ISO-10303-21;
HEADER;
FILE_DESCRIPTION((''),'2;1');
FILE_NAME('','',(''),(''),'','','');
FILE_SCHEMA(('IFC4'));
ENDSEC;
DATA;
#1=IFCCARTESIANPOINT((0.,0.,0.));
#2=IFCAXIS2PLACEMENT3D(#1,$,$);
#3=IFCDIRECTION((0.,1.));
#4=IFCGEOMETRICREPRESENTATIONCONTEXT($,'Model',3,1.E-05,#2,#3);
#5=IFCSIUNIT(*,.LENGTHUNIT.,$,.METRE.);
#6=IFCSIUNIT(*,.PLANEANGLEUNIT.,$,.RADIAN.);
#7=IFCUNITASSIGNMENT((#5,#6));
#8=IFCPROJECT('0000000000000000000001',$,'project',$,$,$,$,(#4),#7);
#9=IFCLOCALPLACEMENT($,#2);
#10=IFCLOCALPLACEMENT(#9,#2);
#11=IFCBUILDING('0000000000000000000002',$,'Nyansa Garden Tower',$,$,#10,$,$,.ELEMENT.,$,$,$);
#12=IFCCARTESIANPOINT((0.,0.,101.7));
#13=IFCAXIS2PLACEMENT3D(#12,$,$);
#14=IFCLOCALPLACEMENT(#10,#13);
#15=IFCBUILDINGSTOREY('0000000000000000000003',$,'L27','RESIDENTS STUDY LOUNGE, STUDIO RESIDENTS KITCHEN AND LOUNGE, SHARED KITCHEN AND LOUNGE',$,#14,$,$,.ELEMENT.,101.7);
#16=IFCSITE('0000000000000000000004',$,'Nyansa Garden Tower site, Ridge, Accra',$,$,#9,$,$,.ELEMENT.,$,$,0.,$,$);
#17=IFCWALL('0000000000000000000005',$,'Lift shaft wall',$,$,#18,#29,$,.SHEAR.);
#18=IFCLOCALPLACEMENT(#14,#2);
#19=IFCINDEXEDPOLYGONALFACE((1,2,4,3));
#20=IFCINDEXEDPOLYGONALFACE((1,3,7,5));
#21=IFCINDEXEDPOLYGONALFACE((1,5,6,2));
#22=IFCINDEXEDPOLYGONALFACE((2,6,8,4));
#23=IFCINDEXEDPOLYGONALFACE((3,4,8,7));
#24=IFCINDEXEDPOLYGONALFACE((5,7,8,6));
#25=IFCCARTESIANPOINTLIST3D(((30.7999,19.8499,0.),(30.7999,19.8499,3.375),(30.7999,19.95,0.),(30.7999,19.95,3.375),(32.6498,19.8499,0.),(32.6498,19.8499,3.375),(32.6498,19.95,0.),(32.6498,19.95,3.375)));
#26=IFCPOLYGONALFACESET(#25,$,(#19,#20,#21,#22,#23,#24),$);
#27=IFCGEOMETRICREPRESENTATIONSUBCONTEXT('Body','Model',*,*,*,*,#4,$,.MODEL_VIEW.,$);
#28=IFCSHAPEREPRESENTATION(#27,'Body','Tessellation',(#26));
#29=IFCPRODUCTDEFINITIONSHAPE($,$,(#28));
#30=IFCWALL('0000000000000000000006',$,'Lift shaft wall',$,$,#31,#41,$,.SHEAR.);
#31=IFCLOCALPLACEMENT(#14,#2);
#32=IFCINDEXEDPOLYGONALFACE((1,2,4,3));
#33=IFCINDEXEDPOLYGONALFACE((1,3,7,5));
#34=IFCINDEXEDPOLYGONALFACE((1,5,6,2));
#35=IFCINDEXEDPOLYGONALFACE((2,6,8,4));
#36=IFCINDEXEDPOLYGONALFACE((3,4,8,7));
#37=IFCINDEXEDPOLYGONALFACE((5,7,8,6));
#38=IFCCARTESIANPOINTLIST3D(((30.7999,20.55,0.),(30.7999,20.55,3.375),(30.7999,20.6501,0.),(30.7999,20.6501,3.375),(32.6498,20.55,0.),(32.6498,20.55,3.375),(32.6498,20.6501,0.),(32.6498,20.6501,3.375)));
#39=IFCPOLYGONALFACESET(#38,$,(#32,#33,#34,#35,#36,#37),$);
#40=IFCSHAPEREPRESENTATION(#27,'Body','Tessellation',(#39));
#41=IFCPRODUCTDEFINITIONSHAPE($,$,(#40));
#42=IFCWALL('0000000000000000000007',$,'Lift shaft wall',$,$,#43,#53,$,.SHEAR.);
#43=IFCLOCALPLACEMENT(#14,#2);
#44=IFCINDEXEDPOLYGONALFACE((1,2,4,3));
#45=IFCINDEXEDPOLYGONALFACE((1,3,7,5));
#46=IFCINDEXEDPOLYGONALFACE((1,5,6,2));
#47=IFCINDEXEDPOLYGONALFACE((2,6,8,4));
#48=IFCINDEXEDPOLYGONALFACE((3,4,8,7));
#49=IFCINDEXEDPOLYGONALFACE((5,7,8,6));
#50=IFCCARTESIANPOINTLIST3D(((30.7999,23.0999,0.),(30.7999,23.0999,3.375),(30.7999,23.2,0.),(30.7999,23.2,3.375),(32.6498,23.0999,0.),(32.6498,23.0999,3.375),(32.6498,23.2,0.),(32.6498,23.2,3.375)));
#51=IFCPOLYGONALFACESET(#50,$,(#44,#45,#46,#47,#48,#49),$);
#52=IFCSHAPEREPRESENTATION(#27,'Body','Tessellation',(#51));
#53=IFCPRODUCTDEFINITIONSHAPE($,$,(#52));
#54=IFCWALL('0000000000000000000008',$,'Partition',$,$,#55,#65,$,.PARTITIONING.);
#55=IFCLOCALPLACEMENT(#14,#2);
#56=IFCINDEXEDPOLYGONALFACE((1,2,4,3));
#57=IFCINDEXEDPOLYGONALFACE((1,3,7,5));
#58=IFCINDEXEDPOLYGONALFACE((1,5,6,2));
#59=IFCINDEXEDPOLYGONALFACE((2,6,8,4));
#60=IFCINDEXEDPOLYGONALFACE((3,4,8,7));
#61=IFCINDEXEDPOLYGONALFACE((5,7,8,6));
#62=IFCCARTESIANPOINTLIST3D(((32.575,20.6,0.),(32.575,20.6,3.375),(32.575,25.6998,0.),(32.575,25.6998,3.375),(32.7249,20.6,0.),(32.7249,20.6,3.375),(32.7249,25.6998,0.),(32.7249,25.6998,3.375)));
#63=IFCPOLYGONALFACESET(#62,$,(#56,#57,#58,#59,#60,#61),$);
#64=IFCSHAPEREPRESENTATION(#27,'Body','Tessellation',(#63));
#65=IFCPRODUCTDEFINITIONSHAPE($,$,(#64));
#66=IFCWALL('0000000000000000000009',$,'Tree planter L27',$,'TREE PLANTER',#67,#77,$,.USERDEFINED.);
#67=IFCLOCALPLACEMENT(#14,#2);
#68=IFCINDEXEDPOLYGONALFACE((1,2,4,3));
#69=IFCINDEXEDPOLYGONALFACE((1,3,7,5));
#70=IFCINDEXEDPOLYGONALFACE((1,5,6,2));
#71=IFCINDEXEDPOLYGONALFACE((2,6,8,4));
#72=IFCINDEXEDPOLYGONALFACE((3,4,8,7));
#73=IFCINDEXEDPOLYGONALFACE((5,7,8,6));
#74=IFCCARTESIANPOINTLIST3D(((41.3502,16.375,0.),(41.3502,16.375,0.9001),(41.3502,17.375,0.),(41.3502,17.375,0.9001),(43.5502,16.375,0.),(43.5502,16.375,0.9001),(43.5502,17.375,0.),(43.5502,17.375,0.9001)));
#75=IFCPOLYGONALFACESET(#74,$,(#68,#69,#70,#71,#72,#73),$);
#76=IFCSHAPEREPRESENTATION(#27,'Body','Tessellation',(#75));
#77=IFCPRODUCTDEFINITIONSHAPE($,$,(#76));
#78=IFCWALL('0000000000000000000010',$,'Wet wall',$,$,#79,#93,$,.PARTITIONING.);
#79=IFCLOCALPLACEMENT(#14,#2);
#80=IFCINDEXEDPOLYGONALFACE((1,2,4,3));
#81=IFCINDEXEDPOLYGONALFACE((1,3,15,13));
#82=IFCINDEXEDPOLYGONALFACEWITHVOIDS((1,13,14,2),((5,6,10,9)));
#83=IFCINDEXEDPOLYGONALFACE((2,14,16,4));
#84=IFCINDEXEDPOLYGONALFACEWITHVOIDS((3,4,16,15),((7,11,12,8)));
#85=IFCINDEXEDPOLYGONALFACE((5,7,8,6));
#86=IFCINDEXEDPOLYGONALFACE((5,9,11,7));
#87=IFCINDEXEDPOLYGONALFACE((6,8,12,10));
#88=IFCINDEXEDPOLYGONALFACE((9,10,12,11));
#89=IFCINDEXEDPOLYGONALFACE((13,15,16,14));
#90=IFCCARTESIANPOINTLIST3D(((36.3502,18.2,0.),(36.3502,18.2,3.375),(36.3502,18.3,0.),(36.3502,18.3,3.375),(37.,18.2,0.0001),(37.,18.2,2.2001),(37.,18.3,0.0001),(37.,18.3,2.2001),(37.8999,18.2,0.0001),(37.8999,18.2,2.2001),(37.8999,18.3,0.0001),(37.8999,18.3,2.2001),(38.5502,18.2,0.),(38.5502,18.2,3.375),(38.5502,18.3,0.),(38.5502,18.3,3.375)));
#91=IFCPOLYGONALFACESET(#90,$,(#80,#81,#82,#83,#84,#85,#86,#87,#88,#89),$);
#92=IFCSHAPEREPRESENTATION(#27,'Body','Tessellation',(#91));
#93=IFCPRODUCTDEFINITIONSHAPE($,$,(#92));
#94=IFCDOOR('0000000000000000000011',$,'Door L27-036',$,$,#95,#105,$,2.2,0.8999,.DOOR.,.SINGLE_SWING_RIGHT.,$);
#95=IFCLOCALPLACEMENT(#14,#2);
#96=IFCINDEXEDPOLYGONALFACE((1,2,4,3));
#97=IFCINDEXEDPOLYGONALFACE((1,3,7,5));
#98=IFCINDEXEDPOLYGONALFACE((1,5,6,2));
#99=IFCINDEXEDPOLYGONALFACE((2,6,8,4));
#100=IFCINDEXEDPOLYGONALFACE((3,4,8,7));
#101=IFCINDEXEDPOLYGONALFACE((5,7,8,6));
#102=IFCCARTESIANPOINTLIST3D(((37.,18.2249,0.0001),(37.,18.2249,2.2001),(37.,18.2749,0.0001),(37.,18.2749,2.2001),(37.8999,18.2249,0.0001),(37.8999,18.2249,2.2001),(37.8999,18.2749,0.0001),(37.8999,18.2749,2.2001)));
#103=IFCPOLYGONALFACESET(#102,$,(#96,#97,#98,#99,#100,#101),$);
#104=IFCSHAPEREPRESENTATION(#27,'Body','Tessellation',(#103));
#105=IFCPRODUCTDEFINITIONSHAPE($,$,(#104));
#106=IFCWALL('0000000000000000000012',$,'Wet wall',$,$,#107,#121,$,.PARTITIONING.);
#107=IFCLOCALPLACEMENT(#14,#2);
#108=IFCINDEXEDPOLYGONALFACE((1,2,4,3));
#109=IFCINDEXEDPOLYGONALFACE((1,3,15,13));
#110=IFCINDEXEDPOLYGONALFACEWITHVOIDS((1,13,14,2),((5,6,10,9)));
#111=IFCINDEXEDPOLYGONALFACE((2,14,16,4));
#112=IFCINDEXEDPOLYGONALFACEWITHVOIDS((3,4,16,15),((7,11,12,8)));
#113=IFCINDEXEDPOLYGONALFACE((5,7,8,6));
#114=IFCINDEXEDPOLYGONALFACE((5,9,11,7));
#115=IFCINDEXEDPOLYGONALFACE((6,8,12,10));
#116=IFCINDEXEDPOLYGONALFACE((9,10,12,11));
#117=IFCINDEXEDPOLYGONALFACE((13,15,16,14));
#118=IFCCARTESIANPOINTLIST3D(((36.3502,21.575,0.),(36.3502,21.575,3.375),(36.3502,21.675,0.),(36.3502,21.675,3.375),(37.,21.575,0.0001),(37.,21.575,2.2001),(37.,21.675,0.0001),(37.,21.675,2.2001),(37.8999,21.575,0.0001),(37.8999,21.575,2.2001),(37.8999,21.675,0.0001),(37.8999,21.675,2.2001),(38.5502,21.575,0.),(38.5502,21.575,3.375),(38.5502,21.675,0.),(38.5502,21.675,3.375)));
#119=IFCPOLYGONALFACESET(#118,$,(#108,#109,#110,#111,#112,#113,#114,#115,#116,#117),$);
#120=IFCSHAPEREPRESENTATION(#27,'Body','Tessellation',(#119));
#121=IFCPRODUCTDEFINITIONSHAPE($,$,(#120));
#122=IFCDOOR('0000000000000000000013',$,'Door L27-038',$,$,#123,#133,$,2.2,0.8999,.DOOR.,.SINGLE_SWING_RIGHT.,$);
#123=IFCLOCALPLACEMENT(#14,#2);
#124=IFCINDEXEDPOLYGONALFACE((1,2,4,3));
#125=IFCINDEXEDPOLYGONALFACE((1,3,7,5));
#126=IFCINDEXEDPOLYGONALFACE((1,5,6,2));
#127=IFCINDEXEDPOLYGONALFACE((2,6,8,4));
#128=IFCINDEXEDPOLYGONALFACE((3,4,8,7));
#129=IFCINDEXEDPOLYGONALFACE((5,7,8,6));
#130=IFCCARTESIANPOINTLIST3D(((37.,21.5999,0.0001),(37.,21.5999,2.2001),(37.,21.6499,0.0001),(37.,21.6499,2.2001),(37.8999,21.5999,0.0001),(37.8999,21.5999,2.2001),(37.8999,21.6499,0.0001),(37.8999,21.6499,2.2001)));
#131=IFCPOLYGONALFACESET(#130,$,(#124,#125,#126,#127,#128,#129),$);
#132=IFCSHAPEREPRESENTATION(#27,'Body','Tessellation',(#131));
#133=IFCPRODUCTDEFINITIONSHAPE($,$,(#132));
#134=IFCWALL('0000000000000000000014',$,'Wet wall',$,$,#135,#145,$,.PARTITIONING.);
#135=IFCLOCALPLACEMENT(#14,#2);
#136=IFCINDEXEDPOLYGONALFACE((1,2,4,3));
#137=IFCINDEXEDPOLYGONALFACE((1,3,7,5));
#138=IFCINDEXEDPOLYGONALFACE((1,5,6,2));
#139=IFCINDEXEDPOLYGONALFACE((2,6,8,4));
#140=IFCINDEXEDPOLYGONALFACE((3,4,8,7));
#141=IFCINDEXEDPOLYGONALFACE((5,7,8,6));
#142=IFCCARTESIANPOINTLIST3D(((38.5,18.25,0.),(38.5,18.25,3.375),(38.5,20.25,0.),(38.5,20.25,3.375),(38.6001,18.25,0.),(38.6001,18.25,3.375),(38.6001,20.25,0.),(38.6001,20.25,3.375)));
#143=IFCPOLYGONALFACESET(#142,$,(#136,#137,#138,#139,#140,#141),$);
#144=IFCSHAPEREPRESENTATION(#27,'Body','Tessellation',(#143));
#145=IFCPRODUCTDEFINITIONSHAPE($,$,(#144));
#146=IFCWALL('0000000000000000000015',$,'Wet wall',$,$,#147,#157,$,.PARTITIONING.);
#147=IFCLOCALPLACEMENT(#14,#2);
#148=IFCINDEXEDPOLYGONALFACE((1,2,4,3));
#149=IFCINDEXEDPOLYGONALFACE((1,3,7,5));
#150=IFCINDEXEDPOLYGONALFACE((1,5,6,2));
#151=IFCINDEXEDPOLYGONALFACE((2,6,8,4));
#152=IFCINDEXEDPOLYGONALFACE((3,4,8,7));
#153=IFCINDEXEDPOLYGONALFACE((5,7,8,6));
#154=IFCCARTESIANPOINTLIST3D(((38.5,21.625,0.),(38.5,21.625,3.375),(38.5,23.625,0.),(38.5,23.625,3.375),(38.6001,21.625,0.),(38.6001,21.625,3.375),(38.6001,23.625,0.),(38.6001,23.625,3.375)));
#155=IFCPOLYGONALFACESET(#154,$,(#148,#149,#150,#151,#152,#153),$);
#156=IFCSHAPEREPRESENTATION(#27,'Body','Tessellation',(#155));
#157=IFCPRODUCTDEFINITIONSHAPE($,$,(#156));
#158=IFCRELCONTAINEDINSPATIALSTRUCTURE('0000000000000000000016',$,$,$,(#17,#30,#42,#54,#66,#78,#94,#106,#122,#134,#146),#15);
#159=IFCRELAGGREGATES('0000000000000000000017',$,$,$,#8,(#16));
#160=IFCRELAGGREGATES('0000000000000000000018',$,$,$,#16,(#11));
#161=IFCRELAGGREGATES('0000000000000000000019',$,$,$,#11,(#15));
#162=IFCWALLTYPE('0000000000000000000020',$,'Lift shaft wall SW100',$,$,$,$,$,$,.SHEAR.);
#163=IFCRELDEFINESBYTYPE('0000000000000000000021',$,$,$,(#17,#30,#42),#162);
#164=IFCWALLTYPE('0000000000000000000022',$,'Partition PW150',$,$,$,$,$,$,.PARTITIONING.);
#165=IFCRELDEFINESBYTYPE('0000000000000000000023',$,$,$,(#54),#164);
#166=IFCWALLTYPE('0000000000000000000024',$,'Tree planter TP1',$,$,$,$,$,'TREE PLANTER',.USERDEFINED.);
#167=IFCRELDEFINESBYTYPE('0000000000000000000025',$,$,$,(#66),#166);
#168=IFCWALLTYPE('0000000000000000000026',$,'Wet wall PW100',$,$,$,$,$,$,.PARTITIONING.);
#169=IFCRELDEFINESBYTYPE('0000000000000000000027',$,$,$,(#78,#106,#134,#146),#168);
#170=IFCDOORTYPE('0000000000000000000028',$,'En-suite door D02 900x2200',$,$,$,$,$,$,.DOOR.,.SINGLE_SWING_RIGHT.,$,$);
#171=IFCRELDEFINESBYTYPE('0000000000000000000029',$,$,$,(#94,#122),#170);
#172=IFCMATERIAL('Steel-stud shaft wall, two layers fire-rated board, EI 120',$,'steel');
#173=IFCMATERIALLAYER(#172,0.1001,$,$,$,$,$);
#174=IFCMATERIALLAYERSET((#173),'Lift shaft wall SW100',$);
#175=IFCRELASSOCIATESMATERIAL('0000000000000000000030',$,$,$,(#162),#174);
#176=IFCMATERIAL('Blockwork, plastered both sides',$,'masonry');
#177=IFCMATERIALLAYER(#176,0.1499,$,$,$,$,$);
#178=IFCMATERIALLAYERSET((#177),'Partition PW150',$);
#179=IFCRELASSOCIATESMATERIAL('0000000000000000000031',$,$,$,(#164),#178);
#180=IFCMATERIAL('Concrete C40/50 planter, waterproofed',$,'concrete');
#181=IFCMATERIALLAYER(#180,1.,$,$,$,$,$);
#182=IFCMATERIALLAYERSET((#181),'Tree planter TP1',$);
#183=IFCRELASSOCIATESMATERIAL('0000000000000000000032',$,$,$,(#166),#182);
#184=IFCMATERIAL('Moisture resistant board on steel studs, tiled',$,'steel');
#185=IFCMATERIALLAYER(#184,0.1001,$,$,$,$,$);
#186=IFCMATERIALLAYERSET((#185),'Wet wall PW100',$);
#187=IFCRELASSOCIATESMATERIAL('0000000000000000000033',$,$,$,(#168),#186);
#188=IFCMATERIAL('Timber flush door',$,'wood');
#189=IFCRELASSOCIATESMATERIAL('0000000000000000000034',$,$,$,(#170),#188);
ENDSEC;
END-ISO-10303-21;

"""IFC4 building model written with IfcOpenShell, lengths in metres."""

from ifc_helpers import new_model, si_unit, direction, frame, frame_2d, origin, place, context, subcontext, project, spatial, rectangle, extrude, material, layer, layer_set, type_object, element, fill, save


model = new_model("IFC4")

# Units and contexts
model_context = context("Model", 3, precision=1e-05, world=origin(), true_north=direction((0.0, 1.0)))
body_context = subcontext(model_context, "Body", "Model", "MODEL_VIEW")
ifc_project = project(units=[si_unit("LENGTHUNIT", "METRE"), si_unit("PLANEANGLEUNIT", "RADIAN")], contexts=[model_context])

# Site, building, storey
site_placement = place(None, origin())
site = spatial("IfcSite", under=ifc_project, at=site_placement, Name="Nyansa Garden Tower site, Ridge, Accra", CompositionType="ELEMENT", RefElevation=0.0)
building_placement = place(site_placement, origin())
building = spatial("IfcBuilding", under=site, at=building_placement, Name="Nyansa Garden Tower", CompositionType="ELEMENT")
storey_placement = place(building_placement, frame((0.0, 0.0, 101.7)))
storey = spatial("IfcBuildingStorey", under=building, at=storey_placement, Name="L27", Description="RESIDENTS STUDY LOUNGE, STUDIO RESIDENTS KITCHEN AND LOUNGE, SHARED KITCHEN AND LOUNGE", CompositionType="ELEMENT", Elevation=101.7)

# Walls
ifc_material_1 = material(Name="Steel-stud shaft wall, two layers fire-rated board, EI 120", Category="steel")
ifc_layer_1 = layer(ifc_material_1, 0.1001)
ifc_layer_set_1 = layer_set([ifc_layer_1], Name="Lift shaft wall SW100")
wall_type_1 = type_object("IfcWallType", Name="Lift shaft wall SW100", PredefinedType="SHEAR", material=ifc_layer_set_1)
for number, where, z_axis, x_axis, name in (
    (1, (30.8, 19.8999, 0.0), (0.0, 0.0, 1.0), (1.0, 0.0, 0.0), "Lift shaft wall"),
    (2, (30.8, 20.6001, 0.0), (0.0, 0.0, 1.0), (1.0, 0.0, 0.0), "Lift shaft wall"),
    (3, (30.8, 23.1499, 0.0), (0.0, 0.0, 1.0), (1.0, 0.0, 0.0), "Lift shaft wall"),
):
    element("IfcWall", number, at=place(storey_placement, frame(where, z_axis=z_axis, x_axis=x_axis)), inside=storey, type_object=wall_type_1, Name=name, PredefinedType="SHEAR", context=body_context, shape_type="SweptSolid", body=[
        extrude(rectangle(XDim=1.8499, YDim=0.1001, at=frame_2d((0.9248, 0.0))), origin(), (0.0, 0.0, 1.0), 3.375),
    ])
ifc_material_2 = material(Name="Blockwork, plastered both sides", Category="masonry")
ifc_layer_2 = layer(ifc_material_2, 0.1499)
ifc_layer_set_2 = layer_set([ifc_layer_2], Name="Partition PW150")
wall_type_2 = type_object("IfcWallType", Name="Partition PW150", PredefinedType="PARTITIONING", material=ifc_layer_set_2)
wall_1_placement = place(storey_placement, frame((32.6499, 20.6001, 0.0), z_axis=(0.0, 0.0, 1.0), x_axis=(0.0, 1.0, 0.0)))
element("IfcWall", 4, at=wall_1_placement, inside=storey, type_object=wall_type_2, Name="Partition", PredefinedType="PARTITIONING", context=body_context, shape_type="SweptSolid", body=[
    extrude(rectangle(XDim=5.0999, YDim=0.1499, at=frame_2d((2.5498, 0.0))), origin(), (0.0, 0.0, 1.0), 3.375),
])
ifc_material_3 = material(Name="Concrete C40/50 planter, waterproofed", Category="concrete")
ifc_layer_3 = layer(ifc_material_3, 1.0)
ifc_layer_set_3 = layer_set([ifc_layer_3], Name="Tree planter TP1")
wall_type_3 = type_object("IfcWallType", Name="Tree planter TP1", ElementType="TREE PLANTER", PredefinedType="USERDEFINED", material=ifc_layer_set_3)
wall_2_placement = place(storey_placement, frame((41.3501, 16.875, 0.0), z_axis=(0.0, 0.0, 1.0), x_axis=(1.0, 0.0, 0.0)))
element("IfcWall", 5, at=wall_2_placement, inside=storey, type_object=wall_type_3, Name="Tree planter L27", ObjectType="TREE PLANTER", PredefinedType="USERDEFINED", context=body_context, shape_type="SweptSolid", body=[
    extrude(rectangle(XDim=2.2, YDim=1.0, at=frame_2d((1.1001, 0.0))), origin(), (0.0, 0.0, 1.0), 0.9001),
])

# Walls, openings, doors
ifc_material_4 = material(Name="Moisture resistant board on steel studs, tiled", Category="steel")
ifc_layer_4 = layer(ifc_material_4, 0.1001)
ifc_layer_set_4 = layer_set([ifc_layer_4], Name="Wet wall PW100")
wall_type_4 = type_object("IfcWallType", Name="Wet wall PW100", PredefinedType="PARTITIONING", material=ifc_layer_set_4)
wall_3_placement = place(storey_placement, frame((36.3501, 18.25, 0.0), z_axis=(0.0, 0.0, 1.0), x_axis=(1.0, 0.0, 0.0)))
wall_3 = element("IfcWall", 6, at=wall_3_placement, inside=storey, type_object=wall_type_4, Name="Wet wall", PredefinedType="PARTITIONING", context=body_context, shape_type="SweptSolid", body=[
    extrude(rectangle(XDim=2.2, YDim=0.1001, at=frame_2d((1.1001, 0.0))), origin(), (0.0, 0.0, 1.0), 3.375),
])
opening_1_placement = place(wall_3_placement, frame((0.6499, 0.0, 0.0)))
opening_1 = element("IfcOpeningElement", 7, at=opening_1_placement, cuts=wall_3, PredefinedType="OPENING", context=body_context, shape_type="SweptSolid", body=[
    extrude(rectangle(XDim=0.8999, YDim=2.2, at=frame_2d((0.45, 1.1001))), frame((0.0, 0.0601, 0.0), z_axis=(0.0, -1.0, 0.0), x_axis=(1.0, 0.0, 0.0)), (0.0, 0.0, 1.0), 0.1201),
])
ifc_material_5 = material(Name="Timber flush door", Category="wood")
door_type_1 = type_object("IfcDoorType", Name="En-suite door D02 900x2200", OperationType="SINGLE_SWING_RIGHT", PredefinedType="DOOR", material=ifc_material_5)
door_1_placement = place(opening_1_placement, origin())
door_1 = element("IfcDoor", 8, at=door_1_placement, inside=storey, type_object=door_type_1, Name="Door L27-036", OperationType="SINGLE_SWING_RIGHT", OverallHeight=2.2, OverallWidth=0.8999, PredefinedType="DOOR", context=body_context, shape_type="SweptSolid", body=[
    extrude(rectangle(XDim=0.8999, YDim=2.2, at=frame_2d((0.45, 1.1001))), frame((0.0, 0.0249, 0.0), z_axis=(0.0, -1.0, 0.0), x_axis=(1.0, 0.0, 0.0)), (0.0, 0.0, 1.0), 0.05),
])
fill(opening_1, door_1)
wall_4_placement = place(storey_placement, frame((36.3501, 21.625, 0.0), z_axis=(0.0, 0.0, 1.0), x_axis=(1.0, 0.0, 0.0)))
wall_4 = element("IfcWall", 9, at=wall_4_placement, inside=storey, type_object=wall_type_4, Name="Wet wall", PredefinedType="PARTITIONING", context=body_context, shape_type="SweptSolid", body=[
    extrude(rectangle(XDim=2.2, YDim=0.1001, at=frame_2d((1.1001, 0.0))), origin(), (0.0, 0.0, 1.0), 3.375),
])
opening_2_placement = place(wall_4_placement, frame((0.6499, 0.0, 0.0)))
opening_2 = element("IfcOpeningElement", 10, at=opening_2_placement, cuts=wall_4, PredefinedType="OPENING", context=body_context, shape_type="SweptSolid", body=[
    extrude(rectangle(XDim=0.8999, YDim=2.2, at=frame_2d((0.45, 1.1001))), frame((0.0, 0.0601, 0.0), z_axis=(0.0, -1.0, 0.0), x_axis=(1.0, 0.0, 0.0)), (0.0, 0.0, 1.0), 0.1201),
])
door_2_placement = place(opening_2_placement, origin())
door_2 = element("IfcDoor", 11, at=door_2_placement, inside=storey, type_object=door_type_1, Name="Door L27-038", OperationType="SINGLE_SWING_RIGHT", OverallHeight=2.2, OverallWidth=0.8999, PredefinedType="DOOR", context=body_context, shape_type="SweptSolid", body=[
    extrude(rectangle(XDim=0.8999, YDim=2.2, at=frame_2d((0.45, 1.1001))), frame((0.0, 0.0249, 0.0), z_axis=(0.0, -1.0, 0.0), x_axis=(1.0, 0.0, 0.0)), (0.0, 0.0, 1.0), 0.05),
])
fill(opening_2, door_2)

# Walls
for number, where, z_axis, x_axis, name in (
    (12, (38.55, 18.25, 0.0), (0.0, 0.0, 1.0), (0.0, 1.0, 0.0), "Wet wall"),
    (13, (38.55, 21.625, 0.0), (0.0, 0.0, 1.0), (0.0, 1.0, 0.0), "Wet wall"),
):
    element("IfcWall", number, at=place(storey_placement, frame(where, z_axis=z_axis, x_axis=x_axis)), inside=storey, type_object=wall_type_4, Name=name, PredefinedType="PARTITIONING", context=body_context, shape_type="SweptSolid", body=[
        extrude(rectangle(XDim=2.0, YDim=0.1001, at=frame_2d((1.0, 0.0))), origin(), (0.0, 0.0, 1.0), 3.375),
    ])

save(model, "model.ifc")
